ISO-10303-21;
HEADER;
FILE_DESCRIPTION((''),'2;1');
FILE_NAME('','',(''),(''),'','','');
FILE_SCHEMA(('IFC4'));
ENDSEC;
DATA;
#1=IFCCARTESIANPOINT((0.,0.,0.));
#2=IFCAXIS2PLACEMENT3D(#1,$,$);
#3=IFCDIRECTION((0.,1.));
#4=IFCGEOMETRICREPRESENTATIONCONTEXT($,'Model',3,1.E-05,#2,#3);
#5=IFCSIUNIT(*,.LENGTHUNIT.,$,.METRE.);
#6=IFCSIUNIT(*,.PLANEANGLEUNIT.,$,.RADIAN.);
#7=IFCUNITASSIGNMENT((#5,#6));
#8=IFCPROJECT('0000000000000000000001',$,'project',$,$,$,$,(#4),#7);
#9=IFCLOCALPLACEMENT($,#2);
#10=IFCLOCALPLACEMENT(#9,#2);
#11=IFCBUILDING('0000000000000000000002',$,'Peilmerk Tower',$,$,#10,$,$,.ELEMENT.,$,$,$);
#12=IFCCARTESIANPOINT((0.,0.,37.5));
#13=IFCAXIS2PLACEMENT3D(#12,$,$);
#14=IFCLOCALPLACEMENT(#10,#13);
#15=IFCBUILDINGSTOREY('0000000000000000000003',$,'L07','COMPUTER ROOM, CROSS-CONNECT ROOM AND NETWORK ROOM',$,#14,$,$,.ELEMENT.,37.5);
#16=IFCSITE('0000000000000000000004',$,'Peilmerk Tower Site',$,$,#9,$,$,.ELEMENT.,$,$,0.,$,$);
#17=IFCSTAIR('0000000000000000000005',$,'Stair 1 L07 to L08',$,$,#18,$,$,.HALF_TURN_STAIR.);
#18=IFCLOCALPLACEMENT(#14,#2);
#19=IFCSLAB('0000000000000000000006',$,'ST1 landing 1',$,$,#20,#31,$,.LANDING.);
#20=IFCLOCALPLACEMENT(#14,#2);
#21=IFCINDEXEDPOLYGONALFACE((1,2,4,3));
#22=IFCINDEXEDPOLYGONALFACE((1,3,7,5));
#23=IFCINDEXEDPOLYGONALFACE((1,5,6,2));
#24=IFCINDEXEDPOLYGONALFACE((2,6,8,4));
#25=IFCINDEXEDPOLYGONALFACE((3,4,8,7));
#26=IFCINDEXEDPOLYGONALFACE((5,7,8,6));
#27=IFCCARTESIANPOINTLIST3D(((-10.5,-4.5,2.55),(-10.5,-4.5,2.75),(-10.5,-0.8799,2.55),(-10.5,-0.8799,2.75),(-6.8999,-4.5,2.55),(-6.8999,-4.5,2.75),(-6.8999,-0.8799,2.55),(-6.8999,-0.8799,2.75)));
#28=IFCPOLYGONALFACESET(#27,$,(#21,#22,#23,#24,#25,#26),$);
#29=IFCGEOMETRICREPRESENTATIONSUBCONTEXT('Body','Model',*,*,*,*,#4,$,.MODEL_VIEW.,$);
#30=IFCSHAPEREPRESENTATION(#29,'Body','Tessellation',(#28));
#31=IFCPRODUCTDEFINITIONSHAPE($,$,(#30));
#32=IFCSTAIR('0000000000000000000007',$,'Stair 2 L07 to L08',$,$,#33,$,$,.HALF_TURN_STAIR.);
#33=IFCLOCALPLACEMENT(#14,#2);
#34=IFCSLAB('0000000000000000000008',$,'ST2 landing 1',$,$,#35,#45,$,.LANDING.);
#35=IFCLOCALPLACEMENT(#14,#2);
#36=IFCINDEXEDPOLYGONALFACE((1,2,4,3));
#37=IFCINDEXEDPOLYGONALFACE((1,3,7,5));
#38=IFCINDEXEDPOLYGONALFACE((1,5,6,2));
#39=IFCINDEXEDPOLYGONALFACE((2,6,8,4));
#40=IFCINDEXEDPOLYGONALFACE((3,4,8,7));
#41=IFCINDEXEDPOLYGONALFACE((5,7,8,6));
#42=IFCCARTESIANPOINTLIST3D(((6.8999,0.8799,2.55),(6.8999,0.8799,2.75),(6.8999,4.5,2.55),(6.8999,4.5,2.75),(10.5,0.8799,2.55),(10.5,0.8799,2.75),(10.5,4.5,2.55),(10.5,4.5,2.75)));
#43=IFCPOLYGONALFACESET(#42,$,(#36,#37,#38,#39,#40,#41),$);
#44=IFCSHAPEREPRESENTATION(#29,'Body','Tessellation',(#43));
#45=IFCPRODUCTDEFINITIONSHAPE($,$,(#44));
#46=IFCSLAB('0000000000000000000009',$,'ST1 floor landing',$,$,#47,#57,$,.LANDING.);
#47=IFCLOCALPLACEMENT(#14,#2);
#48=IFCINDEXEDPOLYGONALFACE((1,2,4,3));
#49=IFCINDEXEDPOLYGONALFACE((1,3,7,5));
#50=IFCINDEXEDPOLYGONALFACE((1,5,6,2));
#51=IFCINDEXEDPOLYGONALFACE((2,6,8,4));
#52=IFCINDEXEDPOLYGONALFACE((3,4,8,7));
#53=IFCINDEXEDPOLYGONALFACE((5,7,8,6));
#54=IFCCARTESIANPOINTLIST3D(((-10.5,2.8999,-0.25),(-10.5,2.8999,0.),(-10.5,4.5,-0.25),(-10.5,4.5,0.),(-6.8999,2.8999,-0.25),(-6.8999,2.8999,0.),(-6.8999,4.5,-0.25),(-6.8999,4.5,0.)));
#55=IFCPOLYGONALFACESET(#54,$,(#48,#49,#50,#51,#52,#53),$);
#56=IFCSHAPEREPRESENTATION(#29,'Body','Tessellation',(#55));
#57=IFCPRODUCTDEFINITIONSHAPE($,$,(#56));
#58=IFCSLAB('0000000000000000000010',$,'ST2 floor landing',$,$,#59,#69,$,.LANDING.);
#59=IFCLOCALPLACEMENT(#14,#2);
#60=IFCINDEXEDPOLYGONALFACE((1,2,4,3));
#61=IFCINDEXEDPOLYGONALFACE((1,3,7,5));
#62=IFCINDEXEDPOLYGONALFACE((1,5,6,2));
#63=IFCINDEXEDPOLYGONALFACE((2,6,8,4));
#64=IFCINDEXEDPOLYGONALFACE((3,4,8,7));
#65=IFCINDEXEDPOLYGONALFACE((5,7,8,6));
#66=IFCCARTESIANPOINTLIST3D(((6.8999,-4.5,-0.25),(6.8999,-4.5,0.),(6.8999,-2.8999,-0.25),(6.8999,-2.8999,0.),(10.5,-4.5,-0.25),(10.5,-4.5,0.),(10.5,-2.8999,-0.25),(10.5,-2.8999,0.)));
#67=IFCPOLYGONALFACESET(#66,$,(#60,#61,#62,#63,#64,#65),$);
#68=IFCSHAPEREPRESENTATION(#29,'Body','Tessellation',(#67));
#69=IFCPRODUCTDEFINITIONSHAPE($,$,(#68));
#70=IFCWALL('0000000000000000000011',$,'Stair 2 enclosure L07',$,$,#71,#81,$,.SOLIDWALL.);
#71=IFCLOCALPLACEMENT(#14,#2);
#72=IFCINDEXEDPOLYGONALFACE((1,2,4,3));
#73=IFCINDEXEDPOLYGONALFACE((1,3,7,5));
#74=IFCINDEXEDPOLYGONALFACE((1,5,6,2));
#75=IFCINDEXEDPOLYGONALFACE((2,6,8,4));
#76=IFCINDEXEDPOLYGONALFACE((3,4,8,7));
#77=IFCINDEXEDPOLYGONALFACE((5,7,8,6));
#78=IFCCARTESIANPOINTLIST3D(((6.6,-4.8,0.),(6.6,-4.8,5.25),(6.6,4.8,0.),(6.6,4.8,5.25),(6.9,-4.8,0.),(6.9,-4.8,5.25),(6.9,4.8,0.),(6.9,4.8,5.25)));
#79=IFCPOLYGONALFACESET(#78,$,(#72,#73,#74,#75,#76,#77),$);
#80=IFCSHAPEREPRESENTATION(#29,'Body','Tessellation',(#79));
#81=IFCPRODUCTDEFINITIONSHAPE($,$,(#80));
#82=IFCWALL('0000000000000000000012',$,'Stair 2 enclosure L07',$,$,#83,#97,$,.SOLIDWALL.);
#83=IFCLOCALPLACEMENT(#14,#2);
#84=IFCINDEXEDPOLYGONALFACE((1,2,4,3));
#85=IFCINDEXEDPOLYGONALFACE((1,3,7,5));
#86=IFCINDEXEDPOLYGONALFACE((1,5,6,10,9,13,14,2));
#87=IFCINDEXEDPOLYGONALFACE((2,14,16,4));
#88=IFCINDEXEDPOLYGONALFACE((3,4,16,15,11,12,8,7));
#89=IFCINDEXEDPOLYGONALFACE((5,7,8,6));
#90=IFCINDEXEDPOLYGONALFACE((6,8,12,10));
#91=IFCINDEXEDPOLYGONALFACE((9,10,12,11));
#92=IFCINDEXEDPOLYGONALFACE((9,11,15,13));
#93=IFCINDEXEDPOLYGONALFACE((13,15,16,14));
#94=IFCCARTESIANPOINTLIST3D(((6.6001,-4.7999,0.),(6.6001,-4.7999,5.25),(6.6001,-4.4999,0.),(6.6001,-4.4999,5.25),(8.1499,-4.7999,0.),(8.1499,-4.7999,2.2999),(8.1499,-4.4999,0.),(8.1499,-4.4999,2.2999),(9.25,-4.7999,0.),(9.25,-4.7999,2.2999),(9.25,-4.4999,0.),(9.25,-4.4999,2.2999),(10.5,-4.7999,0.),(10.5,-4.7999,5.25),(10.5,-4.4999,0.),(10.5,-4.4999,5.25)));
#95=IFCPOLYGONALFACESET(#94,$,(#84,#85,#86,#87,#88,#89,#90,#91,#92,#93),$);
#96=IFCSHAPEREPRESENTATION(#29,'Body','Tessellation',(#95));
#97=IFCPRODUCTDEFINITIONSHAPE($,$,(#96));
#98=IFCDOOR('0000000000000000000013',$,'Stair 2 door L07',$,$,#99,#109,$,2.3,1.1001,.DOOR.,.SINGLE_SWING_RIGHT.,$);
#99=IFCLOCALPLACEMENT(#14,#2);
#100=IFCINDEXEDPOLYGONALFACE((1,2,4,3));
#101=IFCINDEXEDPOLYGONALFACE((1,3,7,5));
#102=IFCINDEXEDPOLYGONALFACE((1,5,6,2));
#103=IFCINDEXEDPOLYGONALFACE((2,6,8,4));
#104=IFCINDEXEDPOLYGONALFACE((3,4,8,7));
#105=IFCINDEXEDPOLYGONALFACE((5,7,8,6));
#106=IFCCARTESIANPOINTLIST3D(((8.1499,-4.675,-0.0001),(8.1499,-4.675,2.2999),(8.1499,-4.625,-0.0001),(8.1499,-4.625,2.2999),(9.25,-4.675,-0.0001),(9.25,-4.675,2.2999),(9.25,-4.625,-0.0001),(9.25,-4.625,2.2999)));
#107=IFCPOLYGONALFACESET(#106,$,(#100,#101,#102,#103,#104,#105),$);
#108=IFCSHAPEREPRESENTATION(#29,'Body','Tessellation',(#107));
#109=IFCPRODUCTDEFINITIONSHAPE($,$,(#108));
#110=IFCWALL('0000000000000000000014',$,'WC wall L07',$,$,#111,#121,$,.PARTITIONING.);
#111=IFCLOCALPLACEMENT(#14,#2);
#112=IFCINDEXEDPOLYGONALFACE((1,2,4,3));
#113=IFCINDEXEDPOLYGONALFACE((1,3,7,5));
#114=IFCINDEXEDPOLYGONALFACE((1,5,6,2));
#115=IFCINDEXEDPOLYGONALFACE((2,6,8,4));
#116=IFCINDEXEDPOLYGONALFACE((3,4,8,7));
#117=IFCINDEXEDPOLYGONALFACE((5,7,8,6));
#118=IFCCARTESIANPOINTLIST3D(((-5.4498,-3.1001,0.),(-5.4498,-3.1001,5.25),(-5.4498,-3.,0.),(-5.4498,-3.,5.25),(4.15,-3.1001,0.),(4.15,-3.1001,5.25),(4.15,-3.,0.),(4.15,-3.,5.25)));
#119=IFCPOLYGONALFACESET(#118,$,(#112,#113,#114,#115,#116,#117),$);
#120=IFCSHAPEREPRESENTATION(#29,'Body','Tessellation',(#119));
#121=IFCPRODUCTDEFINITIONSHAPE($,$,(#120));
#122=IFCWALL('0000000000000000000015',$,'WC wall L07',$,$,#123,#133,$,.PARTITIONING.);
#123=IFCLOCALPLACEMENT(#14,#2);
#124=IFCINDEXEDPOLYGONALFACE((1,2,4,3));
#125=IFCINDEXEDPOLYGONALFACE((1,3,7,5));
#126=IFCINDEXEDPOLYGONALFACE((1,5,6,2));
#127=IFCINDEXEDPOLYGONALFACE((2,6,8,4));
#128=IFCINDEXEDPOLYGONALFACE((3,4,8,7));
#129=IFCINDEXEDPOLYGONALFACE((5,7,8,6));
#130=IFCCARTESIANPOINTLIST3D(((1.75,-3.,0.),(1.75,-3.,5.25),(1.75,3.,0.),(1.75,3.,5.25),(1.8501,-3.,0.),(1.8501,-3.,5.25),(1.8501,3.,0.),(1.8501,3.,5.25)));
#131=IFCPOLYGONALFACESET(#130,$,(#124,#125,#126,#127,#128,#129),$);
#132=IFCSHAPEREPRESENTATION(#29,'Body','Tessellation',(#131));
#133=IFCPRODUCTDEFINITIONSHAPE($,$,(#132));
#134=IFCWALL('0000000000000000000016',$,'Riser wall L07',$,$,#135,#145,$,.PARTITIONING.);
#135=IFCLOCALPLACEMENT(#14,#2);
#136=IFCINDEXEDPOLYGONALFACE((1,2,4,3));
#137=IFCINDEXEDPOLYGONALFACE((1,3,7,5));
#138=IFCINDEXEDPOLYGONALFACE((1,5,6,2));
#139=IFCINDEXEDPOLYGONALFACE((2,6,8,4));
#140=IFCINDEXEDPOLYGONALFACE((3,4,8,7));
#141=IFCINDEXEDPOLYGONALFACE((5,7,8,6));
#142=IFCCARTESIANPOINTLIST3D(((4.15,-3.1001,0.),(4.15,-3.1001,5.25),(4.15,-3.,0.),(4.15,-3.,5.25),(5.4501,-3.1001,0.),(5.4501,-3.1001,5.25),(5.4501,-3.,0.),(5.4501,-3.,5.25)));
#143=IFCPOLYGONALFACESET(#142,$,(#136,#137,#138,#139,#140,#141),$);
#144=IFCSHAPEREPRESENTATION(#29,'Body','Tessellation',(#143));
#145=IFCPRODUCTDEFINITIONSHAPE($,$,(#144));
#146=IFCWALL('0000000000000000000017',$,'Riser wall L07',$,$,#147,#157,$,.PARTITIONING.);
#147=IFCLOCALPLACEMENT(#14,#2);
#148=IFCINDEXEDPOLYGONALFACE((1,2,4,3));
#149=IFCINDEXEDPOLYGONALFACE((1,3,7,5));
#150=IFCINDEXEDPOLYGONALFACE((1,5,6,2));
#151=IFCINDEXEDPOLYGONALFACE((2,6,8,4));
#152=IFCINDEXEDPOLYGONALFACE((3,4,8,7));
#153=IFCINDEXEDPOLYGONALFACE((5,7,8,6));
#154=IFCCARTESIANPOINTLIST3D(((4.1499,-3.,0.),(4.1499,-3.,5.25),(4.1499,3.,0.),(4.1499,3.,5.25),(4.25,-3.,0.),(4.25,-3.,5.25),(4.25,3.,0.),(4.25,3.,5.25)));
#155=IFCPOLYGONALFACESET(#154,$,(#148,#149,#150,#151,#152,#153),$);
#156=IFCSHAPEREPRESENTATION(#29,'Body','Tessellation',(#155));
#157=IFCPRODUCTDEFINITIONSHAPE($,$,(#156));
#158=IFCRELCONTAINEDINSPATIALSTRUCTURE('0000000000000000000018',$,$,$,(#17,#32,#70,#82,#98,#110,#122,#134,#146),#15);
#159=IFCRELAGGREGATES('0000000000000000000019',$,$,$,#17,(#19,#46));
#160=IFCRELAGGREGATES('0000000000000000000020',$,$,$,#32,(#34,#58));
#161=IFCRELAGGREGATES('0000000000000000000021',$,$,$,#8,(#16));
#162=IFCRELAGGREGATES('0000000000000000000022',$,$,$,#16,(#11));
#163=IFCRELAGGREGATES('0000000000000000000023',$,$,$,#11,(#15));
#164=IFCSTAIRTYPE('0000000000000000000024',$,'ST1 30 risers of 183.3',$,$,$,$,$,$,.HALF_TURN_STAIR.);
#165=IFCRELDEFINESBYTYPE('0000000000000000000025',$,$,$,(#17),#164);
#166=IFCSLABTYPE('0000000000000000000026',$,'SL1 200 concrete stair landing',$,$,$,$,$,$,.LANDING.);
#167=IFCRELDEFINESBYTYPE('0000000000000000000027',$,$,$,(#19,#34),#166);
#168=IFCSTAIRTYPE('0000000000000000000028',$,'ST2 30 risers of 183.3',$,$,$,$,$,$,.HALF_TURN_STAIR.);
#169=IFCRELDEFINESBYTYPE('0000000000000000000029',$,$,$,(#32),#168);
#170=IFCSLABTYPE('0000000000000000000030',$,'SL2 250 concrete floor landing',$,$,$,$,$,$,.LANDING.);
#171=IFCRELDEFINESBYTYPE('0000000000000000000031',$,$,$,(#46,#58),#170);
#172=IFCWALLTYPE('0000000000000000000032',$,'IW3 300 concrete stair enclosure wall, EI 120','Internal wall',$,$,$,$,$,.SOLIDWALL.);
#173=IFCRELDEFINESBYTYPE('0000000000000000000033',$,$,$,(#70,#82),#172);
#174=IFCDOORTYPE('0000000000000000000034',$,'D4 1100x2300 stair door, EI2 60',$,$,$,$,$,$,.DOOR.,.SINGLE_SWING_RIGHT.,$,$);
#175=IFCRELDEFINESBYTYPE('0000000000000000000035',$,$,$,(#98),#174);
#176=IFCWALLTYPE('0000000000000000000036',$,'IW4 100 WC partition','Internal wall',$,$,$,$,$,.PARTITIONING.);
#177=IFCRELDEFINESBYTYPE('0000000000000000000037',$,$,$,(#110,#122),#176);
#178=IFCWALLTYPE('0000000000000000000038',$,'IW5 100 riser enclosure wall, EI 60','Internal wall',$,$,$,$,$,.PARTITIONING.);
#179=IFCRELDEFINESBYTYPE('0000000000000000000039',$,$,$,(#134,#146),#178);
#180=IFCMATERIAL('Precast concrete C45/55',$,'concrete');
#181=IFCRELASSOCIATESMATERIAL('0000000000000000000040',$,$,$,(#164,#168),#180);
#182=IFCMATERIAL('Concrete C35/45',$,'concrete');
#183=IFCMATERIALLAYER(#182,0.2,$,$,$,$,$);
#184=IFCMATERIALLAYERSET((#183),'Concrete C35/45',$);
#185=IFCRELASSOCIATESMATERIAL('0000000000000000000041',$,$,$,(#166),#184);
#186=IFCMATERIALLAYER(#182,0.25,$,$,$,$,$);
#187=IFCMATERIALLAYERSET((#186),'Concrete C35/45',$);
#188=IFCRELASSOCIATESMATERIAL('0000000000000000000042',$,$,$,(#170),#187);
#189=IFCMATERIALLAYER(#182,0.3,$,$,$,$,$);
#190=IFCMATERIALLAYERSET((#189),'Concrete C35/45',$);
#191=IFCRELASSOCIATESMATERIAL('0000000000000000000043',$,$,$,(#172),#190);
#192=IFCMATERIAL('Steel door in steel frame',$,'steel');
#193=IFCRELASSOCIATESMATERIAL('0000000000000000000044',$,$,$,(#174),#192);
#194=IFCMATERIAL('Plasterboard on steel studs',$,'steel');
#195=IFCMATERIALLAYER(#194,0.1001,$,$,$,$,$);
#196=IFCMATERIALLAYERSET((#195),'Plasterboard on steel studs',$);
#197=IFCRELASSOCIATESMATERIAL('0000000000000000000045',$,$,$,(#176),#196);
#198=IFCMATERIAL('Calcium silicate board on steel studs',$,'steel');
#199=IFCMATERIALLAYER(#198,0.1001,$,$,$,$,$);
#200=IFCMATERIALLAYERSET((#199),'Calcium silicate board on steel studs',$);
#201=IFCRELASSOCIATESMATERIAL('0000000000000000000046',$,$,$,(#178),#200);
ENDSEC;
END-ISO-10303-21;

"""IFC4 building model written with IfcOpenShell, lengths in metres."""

from ifc_helpers import new_model, si_unit, direction, frame, frame_2d, origin, place, context, subcontext, project, spatial, polyline, rectangle, outline, extrude, material, layer, layer_set, type_object, element, fill, aggregate, save


model = new_model("IFC4")

# Units and contexts
model_context = context("Model", 3, precision=1e-05, world=origin(), true_north=direction((0.0, 1.0)))
body_context = subcontext(model_context, "Body", "Model", "MODEL_VIEW")
ifc_project = project(units=[si_unit("LENGTHUNIT", "METRE"), si_unit("PLANEANGLEUNIT", "RADIAN")], contexts=[model_context])

# Site, building, storey
site_placement = place(None, origin())
site = spatial("IfcSite", under=ifc_project, at=site_placement, Name="Peilmerk Tower Site", CompositionType="ELEMENT", RefElevation=0.0)
building_placement = place(site_placement, origin())
building = spatial("IfcBuilding", under=site, at=building_placement, Name="Peilmerk Tower", CompositionType="ELEMENT")
storey_placement = place(building_placement, frame((0.0, 0.0, 37.5)))
storey = spatial("IfcBuildingStorey", under=building, at=storey_placement, Name="L07", Description="COMPUTER ROOM, CROSS-CONNECT ROOM AND NETWORK ROOM", CompositionType="ELEMENT", Elevation=37.5)

# Stairs, slabs
ifc_material_1 = material(Name="Precast concrete C45/55", Category="concrete")
stair_type_1 = type_object("IfcStairType", Name="ST1 30 risers of 183.3", PredefinedType="HALF_TURN_STAIR", material=ifc_material_1)
stair_1_placement = place(storey_placement, origin())
stair_1 = element("IfcStair", 1, at=stair_1_placement, inside=storey, type_object=stair_type_1, Name="Stair 1 L07 to L08", PredefinedType="HALF_TURN_STAIR")
ifc_material_2 = material(Name="Concrete C35/45", Category="concrete")
ifc_layer_1 = layer(ifc_material_2, 0.2)
ifc_layer_set_1 = layer_set([ifc_layer_1], Name="Concrete C35/45")
slab_type_1 = type_object("IfcSlabType", Name="SL1 200 concrete stair landing", PredefinedType="LANDING", material=ifc_layer_set_1)
slab_1_placement = place(storey_placement, frame((0.0, 0.0, 2.55)))
slab_1 = element("IfcSlab", 2, at=slab_1_placement, type_object=slab_type_1, Name="ST1 landing 1", PredefinedType="LANDING", context=body_context, shape_type="SweptSolid", body=[
    extrude(outline(polyline([(-10.5, -4.5), (-6.8999, -4.5), (-6.8999, -0.8799), (-10.5, -0.8799), (-10.5, -4.5)])), origin(), (0.0, 0.0, 1.0), 0.2),
])
stair_type_2 = type_object("IfcStairType", Name="ST2 30 risers of 183.3", PredefinedType="HALF_TURN_STAIR", material=ifc_material_1)
stair_2_placement = place(storey_placement, origin())
stair_2 = element("IfcStair", 3, at=stair_2_placement, inside=storey, type_object=stair_type_2, Name="Stair 2 L07 to L08", PredefinedType="HALF_TURN_STAIR")
slab_2_placement = place(storey_placement, frame((0.0, 0.0, 2.55)))
slab_2 = element("IfcSlab", 4, at=slab_2_placement, type_object=slab_type_1, Name="ST2 landing 1", PredefinedType="LANDING", context=body_context, shape_type="SweptSolid", body=[
    extrude(outline(polyline([(6.8999, 0.8799), (10.5, 0.8799), (10.5, 4.5), (6.8999, 4.5), (6.8999, 0.8799)])), origin(), (0.0, 0.0, 1.0), 0.2),
])

# Slabs
ifc_layer_2 = layer(ifc_material_2, 0.25)
ifc_layer_set_2 = layer_set([ifc_layer_2], Name="Concrete C35/45")
slab_type_2 = type_object("IfcSlabType", Name="SL2 250 concrete floor landing", PredefinedType="LANDING", material=ifc_layer_set_2)
slab_3_placement = place(storey_placement, frame((0.0, 0.0, -0.25)))
slab_3 = element("IfcSlab", 5, at=slab_3_placement, type_object=slab_type_2, Name="ST1 floor landing", PredefinedType="LANDING", context=body_context, shape_type="SweptSolid", body=[
    extrude(outline(polyline([(-10.5, 2.8999), (-6.8999, 2.8999), (-6.8999, 4.5), (-10.5, 4.5), (-10.5, 2.8999)])), origin(), (0.0, 0.0, 1.0), 0.25),
])
aggregate(stair_1, [slab_1, slab_3])
slab_4_placement = place(storey_placement, frame((0.0, 0.0, -0.25)))
slab_4 = element("IfcSlab", 6, at=slab_4_placement, type_object=slab_type_2, Name="ST2 floor landing", PredefinedType="LANDING", context=body_context, shape_type="SweptSolid", body=[
    extrude(outline(polyline([(6.8999, -4.5), (10.5, -4.5), (10.5, -2.8999), (6.8999, -2.8999), (6.8999, -4.5)])), origin(), (0.0, 0.0, 1.0), 0.25),
])

# Wall
ifc_layer_3 = layer(ifc_material_2, 0.3)
ifc_layer_set_3 = layer_set([ifc_layer_3], Name="Concrete C35/45")
wall_type_1 = type_object("IfcWallType", Name="IW3 300 concrete stair enclosure wall, EI 120", Description="Internal wall", PredefinedType="SOLIDWALL", material=ifc_layer_set_3)
wall_1_placement = place(storey_placement, frame((6.75, -4.8, 0.0), z_axis=(0.0, 0.0, 1.0), x_axis=(0.0, 1.0, 0.0)))
element("IfcWall", 7, at=wall_1_placement, inside=storey, type_object=wall_type_1, Name="Stair 2 enclosure L07", PredefinedType="SOLIDWALL", context=body_context, shape_type="SweptSolid", body=[
    extrude(rectangle(XDim=9.6001, YDim=0.3, at=frame_2d((4.8, 0.0))), origin(), (0.0, 0.0, 1.0), 5.25),
])

# Wall, opening, door
wall_2_placement = place(storey_placement, frame((10.5, -4.6499, 0.0), z_axis=(0.0, 0.0, 1.0), x_axis=(-1.0, 0.0, 0.0)))
wall_2 = element("IfcWall", 8, at=wall_2_placement, inside=storey, type_object=wall_type_1, Name="Stair 2 enclosure L07", PredefinedType="SOLIDWALL", context=body_context, shape_type="SweptSolid", body=[
    extrude(rectangle(XDim=3.8999, YDim=0.3, at=frame_2d((1.95, 0.0))), origin(), (0.0, 0.0, 1.0), 5.25),
])
opening_1_placement = place(wall_2_placement, frame((1.25, 0.0, 0.0)))
opening_1 = element("IfcOpeningElement", 9, at=opening_1_placement, cuts=wall_2, PredefinedType="OPENING", context=body_context, shape_type="SweptSolid", body=[
    extrude(rectangle(XDim=1.1001, YDim=2.3, at=frame_2d((0.55, 1.1499))), frame((0.0, 0.1599, 0.0), z_axis=(0.0, -1.0, 0.0), x_axis=(1.0, 0.0, 0.0)), (0.0, 0.0, 1.0), 0.3201),
])
ifc_material_3 = material(Name="Steel door in steel frame", Category="steel")
door_type_1 = type_object("IfcDoorType", Name="D4 1100x2300 stair door, EI2 60", OperationType="SINGLE_SWING_RIGHT", PredefinedType="DOOR", material=ifc_material_3)
door_1_placement = place(opening_1_placement, frame((1.1001, 0.0, 0.0), z_axis=(0.0, 0.0, 1.0), x_axis=(-1.0, 0.0, 0.0)))
door_1 = element("IfcDoor", 10, at=door_1_placement, inside=storey, type_object=door_type_1, Name="Stair 2 door L07", OperationType="SINGLE_SWING_RIGHT", OverallHeight=2.3, OverallWidth=1.1001, PredefinedType="DOOR", context=body_context, shape_type="SweptSolid", body=[
    extrude(rectangle(XDim=1.1001, YDim=2.3, at=frame_2d((0.55, 1.1499))), frame((0.0, 0.0249, 0.0), z_axis=(0.0, -1.0, 0.0), x_axis=(1.0, 0.0, 0.0)), (0.0, 0.0, 1.0), 0.05),
])
fill(opening_1, door_1)

# Walls
ifc_material_4 = material(Name="Plasterboard on steel studs", Category="steel")
ifc_layer_4 = layer(ifc_material_4, 0.1001)
ifc_layer_set_4 = layer_set([ifc_layer_4], Name="Plasterboard on steel studs")
wall_type_2 = type_object("IfcWallType", Name="IW4 100 WC partition", Description="Internal wall", PredefinedType="PARTITIONING", material=ifc_layer_set_4)
wall_3_placement = place(storey_placement, frame((4.1499, -3.05, 0.0), z_axis=(0.0, 0.0, 1.0), x_axis=(-1.0, 0.0, 0.0)))
element("IfcWall", 11, at=wall_3_placement, inside=storey, type_object=wall_type_2, Name="WC wall L07", PredefinedType="PARTITIONING", context=body_context, shape_type="SweptSolid", body=[
    extrude(rectangle(XDim=9.5999, YDim=0.1001, at=frame_2d((4.7998, 0.0))), origin(), (0.0, 0.0, 1.0), 5.25),
])
wall_4_placement = place(storey_placement, frame((1.8, -3.0, 0.0), z_axis=(0.0, 0.0, 1.0), x_axis=(0.0, 1.0, 0.0)))
element("IfcWall", 12, at=wall_4_placement, inside=storey, type_object=wall_type_2, Name="WC wall L07", PredefinedType="PARTITIONING", context=body_context, shape_type="SweptSolid", body=[
    extrude(rectangle(XDim=6.0, YDim=0.1001, at=frame_2d((3.0, 0.0))), origin(), (0.0, 0.0, 1.0), 5.25),
])
ifc_material_5 = material(Name="Calcium silicate board on steel studs", Category="steel")
ifc_layer_5 = layer(ifc_material_5, 0.1001)
ifc_layer_set_5 = layer_set([ifc_layer_5], Name="Calcium silicate board on steel studs")
wall_type_3 = type_object("IfcWallType", Name="IW5 100 riser enclosure wall, EI 60", Description="Internal wall", PredefinedType="PARTITIONING", material=ifc_layer_set_5)
wall_5_placement = place(storey_placement, frame((5.45, -3.05, 0.0), z_axis=(0.0, 0.0, 1.0), x_axis=(-1.0, 0.0, 0.0)))
element("IfcWall", 13, at=wall_5_placement, inside=storey, type_object=wall_type_3, Name="Riser wall L07", PredefinedType="PARTITIONING", context=body_context, shape_type="SweptSolid", body=[
    extrude(rectangle(XDim=1.3, YDim=0.1001, at=frame_2d((0.6499, 0.0))), origin(), (0.0, 0.0, 1.0), 5.25),
])
wall_6_placement = place(storey_placement, frame((4.2, -3.0, 0.0), z_axis=(0.0, 0.0, 1.0), x_axis=(0.0, 1.0, 0.0)))
element("IfcWall", 14, at=wall_6_placement, inside=storey, type_object=wall_type_3, Name="Riser wall L07", PredefinedType="PARTITIONING", context=body_context, shape_type="SweptSolid", body=[
    extrude(rectangle(XDim=6.0, YDim=0.1001, at=frame_2d((3.0, 0.0))), origin(), (0.0, 0.0, 1.0), 5.25),
])

aggregate(stair_2, [slab_2, slab_4])

save(model, "model.ifc")
